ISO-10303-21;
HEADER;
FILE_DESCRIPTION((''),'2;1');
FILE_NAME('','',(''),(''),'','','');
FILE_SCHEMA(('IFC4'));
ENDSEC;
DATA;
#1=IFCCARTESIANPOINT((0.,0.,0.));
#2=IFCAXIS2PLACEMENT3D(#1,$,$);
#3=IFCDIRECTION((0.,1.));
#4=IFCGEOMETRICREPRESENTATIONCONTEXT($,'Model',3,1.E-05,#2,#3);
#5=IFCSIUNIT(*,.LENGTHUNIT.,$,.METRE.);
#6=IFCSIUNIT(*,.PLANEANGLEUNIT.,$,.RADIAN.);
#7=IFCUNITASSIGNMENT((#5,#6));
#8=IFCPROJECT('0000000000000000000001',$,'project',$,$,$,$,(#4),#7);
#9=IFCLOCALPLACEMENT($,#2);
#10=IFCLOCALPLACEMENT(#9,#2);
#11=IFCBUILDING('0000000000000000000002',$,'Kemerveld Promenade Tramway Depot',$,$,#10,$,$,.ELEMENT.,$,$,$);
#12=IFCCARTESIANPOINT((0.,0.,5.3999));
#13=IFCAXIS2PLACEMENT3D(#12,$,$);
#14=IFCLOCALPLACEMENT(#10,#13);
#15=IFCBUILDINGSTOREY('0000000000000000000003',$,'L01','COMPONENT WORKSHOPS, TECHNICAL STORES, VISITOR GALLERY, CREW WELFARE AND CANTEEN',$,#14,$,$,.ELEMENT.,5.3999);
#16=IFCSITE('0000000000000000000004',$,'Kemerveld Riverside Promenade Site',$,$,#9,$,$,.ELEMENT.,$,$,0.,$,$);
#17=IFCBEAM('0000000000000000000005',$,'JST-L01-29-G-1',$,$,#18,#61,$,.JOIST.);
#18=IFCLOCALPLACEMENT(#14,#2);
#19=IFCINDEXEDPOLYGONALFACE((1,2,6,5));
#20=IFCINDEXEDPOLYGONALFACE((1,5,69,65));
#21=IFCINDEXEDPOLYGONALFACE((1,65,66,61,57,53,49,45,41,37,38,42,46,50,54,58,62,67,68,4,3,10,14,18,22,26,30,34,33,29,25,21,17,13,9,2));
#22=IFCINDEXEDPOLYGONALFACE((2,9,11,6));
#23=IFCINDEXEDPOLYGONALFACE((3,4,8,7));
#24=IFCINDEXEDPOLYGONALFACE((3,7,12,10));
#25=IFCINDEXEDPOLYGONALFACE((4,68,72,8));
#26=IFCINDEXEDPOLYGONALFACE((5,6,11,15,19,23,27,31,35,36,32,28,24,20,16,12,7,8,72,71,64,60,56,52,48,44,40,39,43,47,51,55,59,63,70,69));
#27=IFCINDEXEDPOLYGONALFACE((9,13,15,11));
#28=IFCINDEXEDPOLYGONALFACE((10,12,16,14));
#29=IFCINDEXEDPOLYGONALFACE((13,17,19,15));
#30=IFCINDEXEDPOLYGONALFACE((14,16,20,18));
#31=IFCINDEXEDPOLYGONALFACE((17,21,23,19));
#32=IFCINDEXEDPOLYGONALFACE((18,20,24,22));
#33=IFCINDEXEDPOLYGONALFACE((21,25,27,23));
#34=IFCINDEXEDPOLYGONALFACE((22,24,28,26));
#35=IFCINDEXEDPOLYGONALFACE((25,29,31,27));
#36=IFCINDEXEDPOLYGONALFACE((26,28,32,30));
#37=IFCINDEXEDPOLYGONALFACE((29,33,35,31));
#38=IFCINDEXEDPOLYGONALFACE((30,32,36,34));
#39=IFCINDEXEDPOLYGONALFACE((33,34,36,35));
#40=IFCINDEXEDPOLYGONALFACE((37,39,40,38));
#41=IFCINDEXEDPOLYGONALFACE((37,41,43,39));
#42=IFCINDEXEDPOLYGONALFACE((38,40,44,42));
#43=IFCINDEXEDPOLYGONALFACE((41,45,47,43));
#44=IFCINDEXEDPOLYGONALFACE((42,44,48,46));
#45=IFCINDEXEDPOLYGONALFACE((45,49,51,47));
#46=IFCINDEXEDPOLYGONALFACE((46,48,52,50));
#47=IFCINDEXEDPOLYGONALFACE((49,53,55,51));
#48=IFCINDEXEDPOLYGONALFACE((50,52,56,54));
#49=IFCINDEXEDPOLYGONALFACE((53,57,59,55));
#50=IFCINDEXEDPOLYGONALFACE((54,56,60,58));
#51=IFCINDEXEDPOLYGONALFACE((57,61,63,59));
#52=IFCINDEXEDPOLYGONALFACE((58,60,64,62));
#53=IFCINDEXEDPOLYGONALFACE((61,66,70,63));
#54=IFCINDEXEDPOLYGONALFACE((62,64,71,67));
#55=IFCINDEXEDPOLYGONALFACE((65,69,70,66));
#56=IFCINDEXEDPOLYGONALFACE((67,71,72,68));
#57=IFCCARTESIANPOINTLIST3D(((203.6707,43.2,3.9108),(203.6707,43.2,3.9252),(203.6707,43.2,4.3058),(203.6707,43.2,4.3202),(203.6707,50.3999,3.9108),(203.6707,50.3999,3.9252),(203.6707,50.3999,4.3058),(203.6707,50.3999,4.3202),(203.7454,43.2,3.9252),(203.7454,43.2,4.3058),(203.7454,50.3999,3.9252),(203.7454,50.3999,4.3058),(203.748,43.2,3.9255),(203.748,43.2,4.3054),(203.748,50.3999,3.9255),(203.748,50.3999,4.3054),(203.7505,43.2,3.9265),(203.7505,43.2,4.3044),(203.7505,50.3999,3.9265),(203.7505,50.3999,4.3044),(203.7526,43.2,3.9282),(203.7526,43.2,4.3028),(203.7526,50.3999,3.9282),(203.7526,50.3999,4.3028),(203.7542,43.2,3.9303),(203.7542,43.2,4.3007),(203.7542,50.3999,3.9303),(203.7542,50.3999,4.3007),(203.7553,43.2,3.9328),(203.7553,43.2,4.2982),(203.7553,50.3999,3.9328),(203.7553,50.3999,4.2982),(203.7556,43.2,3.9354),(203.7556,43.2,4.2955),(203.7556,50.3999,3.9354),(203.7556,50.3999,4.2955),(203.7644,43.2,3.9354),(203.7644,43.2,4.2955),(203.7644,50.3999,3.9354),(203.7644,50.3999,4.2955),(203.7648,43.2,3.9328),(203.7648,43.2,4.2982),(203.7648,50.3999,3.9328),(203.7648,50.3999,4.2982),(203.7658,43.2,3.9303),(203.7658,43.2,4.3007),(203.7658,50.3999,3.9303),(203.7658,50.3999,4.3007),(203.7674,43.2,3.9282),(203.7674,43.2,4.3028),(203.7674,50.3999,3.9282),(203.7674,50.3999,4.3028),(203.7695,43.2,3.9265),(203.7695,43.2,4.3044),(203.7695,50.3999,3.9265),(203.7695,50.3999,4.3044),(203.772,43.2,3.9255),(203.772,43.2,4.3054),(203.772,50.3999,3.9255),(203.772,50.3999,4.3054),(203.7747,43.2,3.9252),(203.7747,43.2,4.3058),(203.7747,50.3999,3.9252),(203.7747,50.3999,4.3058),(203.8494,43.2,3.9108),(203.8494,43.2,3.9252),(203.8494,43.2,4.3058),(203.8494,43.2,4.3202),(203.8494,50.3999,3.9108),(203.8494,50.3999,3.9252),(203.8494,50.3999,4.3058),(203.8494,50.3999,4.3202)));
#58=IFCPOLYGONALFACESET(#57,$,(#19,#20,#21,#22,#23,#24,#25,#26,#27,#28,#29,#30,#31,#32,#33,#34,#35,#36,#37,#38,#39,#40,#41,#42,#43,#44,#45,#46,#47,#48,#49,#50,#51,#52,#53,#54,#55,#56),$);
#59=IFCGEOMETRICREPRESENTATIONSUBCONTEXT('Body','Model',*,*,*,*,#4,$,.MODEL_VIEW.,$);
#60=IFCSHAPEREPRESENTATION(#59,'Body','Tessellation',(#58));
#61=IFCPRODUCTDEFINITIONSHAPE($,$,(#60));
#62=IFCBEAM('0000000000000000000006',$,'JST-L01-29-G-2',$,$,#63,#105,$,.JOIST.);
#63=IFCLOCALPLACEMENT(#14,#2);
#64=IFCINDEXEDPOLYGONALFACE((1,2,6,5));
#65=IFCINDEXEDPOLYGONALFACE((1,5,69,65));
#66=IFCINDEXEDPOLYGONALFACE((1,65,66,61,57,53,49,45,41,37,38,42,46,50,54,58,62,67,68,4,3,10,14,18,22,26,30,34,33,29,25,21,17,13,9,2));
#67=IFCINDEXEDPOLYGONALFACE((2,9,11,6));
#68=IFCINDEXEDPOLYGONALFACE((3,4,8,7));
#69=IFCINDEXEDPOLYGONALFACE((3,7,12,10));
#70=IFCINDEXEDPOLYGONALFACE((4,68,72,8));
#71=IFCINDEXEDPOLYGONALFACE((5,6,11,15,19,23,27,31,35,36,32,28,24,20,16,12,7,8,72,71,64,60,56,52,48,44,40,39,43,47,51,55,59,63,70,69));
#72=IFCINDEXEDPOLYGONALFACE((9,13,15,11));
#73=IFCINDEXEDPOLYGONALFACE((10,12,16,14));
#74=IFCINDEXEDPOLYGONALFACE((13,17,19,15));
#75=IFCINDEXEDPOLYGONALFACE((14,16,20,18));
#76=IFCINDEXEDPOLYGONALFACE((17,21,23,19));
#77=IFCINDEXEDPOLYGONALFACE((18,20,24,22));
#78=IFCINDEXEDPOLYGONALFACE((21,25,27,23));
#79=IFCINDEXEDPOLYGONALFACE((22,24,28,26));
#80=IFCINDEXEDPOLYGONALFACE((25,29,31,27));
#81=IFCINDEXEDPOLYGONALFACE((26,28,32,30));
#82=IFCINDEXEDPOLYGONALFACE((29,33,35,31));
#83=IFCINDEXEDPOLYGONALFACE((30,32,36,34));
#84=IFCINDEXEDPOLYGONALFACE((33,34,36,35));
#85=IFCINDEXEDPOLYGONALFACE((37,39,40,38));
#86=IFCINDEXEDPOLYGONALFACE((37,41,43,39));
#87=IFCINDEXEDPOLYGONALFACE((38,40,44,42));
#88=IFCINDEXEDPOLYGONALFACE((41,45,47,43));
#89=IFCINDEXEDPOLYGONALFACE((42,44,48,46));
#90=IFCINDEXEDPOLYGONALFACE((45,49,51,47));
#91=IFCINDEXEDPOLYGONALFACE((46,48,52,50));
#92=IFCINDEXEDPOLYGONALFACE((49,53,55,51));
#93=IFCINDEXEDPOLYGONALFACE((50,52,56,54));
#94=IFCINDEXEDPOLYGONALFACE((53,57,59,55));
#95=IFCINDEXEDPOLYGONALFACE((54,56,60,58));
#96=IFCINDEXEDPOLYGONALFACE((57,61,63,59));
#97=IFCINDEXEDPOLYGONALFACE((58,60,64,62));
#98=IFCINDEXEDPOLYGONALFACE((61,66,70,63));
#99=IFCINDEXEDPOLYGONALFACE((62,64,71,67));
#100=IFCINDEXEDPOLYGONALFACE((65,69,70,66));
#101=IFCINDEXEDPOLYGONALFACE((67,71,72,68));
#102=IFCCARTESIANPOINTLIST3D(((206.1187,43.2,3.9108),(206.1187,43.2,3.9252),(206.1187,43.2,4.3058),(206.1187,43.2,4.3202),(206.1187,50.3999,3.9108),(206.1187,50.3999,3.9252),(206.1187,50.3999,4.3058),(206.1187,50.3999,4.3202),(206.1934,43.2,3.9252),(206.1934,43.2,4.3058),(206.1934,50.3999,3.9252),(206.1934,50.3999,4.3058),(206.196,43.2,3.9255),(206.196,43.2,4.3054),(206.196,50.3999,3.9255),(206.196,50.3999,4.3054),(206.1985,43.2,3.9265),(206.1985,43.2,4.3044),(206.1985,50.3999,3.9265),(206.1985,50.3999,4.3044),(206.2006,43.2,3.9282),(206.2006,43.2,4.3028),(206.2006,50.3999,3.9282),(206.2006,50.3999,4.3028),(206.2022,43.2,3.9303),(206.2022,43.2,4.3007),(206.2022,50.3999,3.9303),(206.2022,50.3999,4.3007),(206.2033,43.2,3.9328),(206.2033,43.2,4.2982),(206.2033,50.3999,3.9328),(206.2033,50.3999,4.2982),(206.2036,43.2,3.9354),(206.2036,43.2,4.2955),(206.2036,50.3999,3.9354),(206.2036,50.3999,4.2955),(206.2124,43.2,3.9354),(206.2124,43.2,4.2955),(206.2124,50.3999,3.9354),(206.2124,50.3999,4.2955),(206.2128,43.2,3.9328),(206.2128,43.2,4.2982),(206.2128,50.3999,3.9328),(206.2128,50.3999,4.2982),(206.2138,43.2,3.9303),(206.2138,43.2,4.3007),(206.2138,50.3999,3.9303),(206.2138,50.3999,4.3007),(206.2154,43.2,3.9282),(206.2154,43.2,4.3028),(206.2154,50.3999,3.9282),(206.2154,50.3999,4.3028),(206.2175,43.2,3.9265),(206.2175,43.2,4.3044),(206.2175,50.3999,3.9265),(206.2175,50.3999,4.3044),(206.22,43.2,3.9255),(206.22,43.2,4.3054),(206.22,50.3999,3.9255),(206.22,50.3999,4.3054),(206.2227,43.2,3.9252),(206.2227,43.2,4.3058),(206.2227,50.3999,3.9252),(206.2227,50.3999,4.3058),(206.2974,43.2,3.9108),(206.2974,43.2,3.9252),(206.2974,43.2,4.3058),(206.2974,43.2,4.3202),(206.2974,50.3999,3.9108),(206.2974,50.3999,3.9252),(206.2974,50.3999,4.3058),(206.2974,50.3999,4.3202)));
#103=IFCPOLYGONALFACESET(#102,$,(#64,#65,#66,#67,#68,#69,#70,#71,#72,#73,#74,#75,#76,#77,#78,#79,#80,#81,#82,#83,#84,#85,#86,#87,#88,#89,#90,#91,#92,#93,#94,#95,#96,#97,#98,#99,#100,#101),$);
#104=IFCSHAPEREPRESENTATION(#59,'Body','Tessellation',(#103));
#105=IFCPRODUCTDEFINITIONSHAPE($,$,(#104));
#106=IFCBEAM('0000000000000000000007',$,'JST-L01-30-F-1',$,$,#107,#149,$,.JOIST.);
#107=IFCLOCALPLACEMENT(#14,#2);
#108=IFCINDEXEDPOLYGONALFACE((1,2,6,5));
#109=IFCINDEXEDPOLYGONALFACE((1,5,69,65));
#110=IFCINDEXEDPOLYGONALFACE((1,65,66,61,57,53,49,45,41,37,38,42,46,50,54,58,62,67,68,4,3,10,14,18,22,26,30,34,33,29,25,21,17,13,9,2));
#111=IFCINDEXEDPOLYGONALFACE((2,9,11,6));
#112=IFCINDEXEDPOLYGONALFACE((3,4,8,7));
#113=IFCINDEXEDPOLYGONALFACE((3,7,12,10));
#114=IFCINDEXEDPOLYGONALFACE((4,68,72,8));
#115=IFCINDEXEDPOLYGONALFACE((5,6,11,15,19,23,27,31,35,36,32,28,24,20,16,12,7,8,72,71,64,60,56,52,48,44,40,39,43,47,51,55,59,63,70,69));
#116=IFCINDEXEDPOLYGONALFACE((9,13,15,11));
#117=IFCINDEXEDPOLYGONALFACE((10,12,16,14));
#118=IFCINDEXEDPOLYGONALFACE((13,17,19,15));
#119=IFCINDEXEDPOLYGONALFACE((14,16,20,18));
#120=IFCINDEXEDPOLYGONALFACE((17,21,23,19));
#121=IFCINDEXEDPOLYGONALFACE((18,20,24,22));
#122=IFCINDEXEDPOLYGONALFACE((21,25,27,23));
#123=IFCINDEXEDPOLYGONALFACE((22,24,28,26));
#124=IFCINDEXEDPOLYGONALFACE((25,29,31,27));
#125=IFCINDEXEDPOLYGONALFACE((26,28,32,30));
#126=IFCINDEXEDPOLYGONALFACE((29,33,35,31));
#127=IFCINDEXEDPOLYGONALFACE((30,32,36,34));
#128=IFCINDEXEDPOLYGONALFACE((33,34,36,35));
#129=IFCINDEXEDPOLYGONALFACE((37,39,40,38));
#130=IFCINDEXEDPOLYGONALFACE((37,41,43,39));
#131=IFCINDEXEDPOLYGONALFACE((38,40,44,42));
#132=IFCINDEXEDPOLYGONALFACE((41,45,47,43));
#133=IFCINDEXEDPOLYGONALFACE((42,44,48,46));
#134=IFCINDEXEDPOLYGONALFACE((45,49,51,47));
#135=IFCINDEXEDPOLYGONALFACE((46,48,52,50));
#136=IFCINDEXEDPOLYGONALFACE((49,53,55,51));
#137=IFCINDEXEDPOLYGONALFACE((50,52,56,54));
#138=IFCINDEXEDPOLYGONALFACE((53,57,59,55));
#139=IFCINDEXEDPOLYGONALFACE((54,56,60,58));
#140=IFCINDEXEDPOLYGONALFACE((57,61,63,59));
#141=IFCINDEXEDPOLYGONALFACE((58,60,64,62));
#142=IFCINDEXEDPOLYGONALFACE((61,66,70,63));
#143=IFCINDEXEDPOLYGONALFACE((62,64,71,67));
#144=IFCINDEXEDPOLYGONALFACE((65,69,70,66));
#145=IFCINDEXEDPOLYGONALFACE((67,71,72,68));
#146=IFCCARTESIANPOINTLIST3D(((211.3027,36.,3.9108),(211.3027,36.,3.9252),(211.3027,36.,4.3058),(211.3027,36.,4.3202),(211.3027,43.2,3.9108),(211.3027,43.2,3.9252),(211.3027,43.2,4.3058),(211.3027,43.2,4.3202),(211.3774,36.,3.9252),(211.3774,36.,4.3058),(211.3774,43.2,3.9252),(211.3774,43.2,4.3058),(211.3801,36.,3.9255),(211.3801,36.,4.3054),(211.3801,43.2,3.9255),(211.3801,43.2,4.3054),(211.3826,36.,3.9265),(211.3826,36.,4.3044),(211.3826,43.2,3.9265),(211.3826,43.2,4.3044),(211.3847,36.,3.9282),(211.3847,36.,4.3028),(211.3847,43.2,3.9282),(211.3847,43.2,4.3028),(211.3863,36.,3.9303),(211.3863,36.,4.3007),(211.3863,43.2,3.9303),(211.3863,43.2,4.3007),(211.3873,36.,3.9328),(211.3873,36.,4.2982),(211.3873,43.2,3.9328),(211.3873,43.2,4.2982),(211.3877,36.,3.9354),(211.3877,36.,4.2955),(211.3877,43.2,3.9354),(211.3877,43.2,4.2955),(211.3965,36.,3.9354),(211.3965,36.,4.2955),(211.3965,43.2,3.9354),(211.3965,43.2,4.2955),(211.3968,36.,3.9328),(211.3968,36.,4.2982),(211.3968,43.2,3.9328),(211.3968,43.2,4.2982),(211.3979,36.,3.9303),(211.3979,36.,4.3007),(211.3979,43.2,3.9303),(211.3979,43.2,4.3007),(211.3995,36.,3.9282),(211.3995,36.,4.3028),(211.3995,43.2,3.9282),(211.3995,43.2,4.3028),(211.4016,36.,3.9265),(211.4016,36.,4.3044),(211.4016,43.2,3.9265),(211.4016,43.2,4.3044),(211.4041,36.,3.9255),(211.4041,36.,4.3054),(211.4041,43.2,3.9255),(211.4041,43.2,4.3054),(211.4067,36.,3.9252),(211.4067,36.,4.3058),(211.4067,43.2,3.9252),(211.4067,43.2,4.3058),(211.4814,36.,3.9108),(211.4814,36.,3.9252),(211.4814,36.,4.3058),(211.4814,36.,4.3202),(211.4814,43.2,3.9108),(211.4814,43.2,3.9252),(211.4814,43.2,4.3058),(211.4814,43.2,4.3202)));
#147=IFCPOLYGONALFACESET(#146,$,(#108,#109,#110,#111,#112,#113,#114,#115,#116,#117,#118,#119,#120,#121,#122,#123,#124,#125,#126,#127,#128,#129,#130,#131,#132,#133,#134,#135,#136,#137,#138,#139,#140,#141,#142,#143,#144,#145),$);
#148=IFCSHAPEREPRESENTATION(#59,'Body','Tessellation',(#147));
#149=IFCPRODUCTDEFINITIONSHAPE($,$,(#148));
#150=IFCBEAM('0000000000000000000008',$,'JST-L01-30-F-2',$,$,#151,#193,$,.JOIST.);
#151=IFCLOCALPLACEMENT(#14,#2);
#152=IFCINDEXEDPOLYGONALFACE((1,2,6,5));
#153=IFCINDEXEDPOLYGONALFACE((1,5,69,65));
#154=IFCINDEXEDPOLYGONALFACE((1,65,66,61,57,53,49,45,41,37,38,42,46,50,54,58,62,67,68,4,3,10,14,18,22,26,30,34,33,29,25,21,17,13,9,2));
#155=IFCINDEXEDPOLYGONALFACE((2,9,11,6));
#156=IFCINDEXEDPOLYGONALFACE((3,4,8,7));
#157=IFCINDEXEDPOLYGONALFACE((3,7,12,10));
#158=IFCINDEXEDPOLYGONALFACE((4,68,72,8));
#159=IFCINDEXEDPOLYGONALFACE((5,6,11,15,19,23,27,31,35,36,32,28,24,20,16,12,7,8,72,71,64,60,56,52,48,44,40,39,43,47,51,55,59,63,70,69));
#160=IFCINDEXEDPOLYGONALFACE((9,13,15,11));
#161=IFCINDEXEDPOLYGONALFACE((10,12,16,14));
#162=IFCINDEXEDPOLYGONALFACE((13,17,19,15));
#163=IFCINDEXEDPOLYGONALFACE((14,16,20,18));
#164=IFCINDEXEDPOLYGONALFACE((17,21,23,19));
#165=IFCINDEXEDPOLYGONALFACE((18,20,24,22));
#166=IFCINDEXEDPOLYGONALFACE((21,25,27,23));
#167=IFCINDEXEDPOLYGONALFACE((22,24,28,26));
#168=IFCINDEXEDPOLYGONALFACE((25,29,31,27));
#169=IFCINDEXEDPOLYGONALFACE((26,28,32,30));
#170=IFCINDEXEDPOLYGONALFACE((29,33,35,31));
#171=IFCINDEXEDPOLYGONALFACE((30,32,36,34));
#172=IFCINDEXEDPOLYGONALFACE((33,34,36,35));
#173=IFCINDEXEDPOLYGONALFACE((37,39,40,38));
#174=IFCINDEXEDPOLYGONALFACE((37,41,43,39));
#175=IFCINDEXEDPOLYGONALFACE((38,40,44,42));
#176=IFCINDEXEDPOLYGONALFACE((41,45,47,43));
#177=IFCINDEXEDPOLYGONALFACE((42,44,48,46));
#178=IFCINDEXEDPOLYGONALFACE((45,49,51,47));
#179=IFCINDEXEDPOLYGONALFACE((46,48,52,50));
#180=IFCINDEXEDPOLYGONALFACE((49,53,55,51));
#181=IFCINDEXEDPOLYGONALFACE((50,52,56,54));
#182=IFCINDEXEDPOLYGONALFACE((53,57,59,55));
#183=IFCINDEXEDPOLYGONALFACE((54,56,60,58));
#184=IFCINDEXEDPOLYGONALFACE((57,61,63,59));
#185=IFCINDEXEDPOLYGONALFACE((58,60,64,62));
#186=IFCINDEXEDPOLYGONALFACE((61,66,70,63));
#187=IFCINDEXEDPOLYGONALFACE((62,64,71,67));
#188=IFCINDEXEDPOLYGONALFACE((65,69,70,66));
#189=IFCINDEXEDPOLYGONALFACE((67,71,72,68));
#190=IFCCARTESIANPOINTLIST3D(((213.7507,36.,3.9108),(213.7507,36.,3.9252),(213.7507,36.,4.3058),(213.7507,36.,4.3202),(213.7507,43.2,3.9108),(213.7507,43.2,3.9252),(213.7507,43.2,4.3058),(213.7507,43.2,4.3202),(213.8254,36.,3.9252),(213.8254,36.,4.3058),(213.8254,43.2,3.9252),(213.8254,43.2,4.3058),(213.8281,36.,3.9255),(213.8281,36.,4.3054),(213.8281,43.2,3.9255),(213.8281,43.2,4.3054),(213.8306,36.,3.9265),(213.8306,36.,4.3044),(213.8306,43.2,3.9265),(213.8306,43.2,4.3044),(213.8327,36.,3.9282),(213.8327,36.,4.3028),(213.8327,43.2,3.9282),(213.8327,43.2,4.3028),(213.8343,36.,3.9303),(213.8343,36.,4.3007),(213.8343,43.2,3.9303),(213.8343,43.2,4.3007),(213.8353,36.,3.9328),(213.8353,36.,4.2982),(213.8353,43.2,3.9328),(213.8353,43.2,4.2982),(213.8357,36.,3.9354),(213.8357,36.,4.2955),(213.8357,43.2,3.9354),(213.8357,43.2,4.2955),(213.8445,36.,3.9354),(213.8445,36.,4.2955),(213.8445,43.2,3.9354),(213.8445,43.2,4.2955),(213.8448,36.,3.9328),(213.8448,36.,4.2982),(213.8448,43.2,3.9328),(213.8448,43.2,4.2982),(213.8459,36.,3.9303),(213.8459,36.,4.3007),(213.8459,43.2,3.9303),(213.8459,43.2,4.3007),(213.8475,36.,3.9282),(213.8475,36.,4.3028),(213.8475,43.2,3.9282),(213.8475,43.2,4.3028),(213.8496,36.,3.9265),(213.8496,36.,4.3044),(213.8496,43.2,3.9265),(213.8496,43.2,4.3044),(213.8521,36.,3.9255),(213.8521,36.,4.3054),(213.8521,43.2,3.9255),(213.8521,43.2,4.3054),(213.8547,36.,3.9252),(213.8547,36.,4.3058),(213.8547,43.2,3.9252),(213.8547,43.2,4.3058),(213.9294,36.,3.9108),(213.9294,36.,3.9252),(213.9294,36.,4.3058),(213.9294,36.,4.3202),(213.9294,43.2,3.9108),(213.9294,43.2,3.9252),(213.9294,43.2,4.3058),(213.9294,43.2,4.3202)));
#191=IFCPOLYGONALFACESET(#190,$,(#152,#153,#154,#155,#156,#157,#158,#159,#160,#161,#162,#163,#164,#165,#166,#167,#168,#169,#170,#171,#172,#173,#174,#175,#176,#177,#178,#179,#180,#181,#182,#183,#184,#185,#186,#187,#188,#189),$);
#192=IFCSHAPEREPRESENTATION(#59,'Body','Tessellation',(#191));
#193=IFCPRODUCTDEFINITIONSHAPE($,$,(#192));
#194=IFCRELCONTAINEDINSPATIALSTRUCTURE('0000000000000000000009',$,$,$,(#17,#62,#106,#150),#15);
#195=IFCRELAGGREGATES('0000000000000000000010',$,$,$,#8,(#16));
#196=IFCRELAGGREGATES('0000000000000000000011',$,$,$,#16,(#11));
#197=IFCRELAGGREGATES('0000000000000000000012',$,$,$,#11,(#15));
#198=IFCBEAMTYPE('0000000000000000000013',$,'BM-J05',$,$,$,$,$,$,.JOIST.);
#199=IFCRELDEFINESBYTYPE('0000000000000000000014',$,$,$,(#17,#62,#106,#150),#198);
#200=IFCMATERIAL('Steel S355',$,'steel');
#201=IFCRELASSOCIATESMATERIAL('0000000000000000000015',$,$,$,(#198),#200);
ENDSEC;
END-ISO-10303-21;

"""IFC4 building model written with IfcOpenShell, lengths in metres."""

from ifc_helpers import new_model, si_unit, direction, frame, origin, origin_2d, place, context, subcontext, project, spatial, i_section, extrude, material, material_profile, profile_set, type_object, element, save


model = new_model("IFC4")

# Units and contexts
model_context = context("Model", 3, precision=1e-05, world=origin(), true_north=direction((0.0, 1.0)))
body_context = subcontext(model_context, "Body", "Model", "MODEL_VIEW")
ifc_project = project(units=[si_unit("LENGTHUNIT", "METRE"), si_unit("PLANEANGLEUNIT", "RADIAN")], contexts=[model_context])

# Site, building, storey
site_placement = place(None, origin())
site = spatial("IfcSite", under=ifc_project, at=site_placement, Name="Kemerveld Riverside Promenade Site", CompositionType="ELEMENT", RefElevation=0.0)
building_placement = place(site_placement, origin())
building = spatial("IfcBuilding", under=site, at=building_placement, Name="Kemerveld Promenade Tramway Depot", CompositionType="ELEMENT")
storey_placement = place(building_placement, frame((0.0, 0.0, 5.3999)))
storey = spatial("IfcBuildingStorey", under=building, at=storey_placement, Name="L01", Description="COMPONENT WORKSHOPS, TECHNICAL STORES, VISITOR GALLERY, CREW WELFARE AND CANTEEN", CompositionType="ELEMENT", Elevation=5.3999)

# Shared definitions
ifc_material_1 = material(Name="Steel S355", Category="steel")

# Beams
ifc_material_profile_1 = material_profile(ifc_material_1, i_section(OverallWidth=0.1787, OverallDepth=0.4094, WebThickness=0.0088, FlangeThickness=0.0144, FilletRadius=0.0103, at=origin_2d()), Name="406x178x67 UB")
ifc_profile_set_1 = profile_set([ifc_material_profile_1], Name="Steel S355")
beam_type_1 = type_object("IfcBeamType", Name="BM-J05", PredefinedType="JOIST", material=ifc_profile_set_1)
for number, where, z_axis, x_axis, name in (
    (1, (203.76, 43.2, 4.1155), (0.0, 1.0, 0.0), (-1.0, 0.0, 0.0), "JST-L01-29-G-1"),
    (2, (206.208, 43.2, 4.1155), (0.0, 1.0, 0.0), (-1.0, 0.0, 0.0), "JST-L01-29-G-2"),
    (3, (211.3921, 36.0, 4.1155), (0.0, 1.0, 0.0), (-1.0, 0.0, 0.0), "JST-L01-30-F-1"),
    (4, (213.8401, 36.0, 4.1155), (0.0, 1.0, 0.0), (-1.0, 0.0, 0.0), "JST-L01-30-F-2"),
):
    element("IfcBeam", number, at=place(storey_placement, frame(where, z_axis=z_axis, x_axis=x_axis)), inside=storey, type_object=beam_type_1, Name=name, PredefinedType="JOIST", context=body_context, shape_type="SweptSolid", body=[
        extrude(i_section(OverallWidth=0.1787, OverallDepth=0.4094, WebThickness=0.0088, FlangeThickness=0.0144, FilletRadius=0.0103, at=origin_2d()), origin(), (0.0, 0.0, 1.0), 7.2),
    ])

save(model, "model.ifc")
